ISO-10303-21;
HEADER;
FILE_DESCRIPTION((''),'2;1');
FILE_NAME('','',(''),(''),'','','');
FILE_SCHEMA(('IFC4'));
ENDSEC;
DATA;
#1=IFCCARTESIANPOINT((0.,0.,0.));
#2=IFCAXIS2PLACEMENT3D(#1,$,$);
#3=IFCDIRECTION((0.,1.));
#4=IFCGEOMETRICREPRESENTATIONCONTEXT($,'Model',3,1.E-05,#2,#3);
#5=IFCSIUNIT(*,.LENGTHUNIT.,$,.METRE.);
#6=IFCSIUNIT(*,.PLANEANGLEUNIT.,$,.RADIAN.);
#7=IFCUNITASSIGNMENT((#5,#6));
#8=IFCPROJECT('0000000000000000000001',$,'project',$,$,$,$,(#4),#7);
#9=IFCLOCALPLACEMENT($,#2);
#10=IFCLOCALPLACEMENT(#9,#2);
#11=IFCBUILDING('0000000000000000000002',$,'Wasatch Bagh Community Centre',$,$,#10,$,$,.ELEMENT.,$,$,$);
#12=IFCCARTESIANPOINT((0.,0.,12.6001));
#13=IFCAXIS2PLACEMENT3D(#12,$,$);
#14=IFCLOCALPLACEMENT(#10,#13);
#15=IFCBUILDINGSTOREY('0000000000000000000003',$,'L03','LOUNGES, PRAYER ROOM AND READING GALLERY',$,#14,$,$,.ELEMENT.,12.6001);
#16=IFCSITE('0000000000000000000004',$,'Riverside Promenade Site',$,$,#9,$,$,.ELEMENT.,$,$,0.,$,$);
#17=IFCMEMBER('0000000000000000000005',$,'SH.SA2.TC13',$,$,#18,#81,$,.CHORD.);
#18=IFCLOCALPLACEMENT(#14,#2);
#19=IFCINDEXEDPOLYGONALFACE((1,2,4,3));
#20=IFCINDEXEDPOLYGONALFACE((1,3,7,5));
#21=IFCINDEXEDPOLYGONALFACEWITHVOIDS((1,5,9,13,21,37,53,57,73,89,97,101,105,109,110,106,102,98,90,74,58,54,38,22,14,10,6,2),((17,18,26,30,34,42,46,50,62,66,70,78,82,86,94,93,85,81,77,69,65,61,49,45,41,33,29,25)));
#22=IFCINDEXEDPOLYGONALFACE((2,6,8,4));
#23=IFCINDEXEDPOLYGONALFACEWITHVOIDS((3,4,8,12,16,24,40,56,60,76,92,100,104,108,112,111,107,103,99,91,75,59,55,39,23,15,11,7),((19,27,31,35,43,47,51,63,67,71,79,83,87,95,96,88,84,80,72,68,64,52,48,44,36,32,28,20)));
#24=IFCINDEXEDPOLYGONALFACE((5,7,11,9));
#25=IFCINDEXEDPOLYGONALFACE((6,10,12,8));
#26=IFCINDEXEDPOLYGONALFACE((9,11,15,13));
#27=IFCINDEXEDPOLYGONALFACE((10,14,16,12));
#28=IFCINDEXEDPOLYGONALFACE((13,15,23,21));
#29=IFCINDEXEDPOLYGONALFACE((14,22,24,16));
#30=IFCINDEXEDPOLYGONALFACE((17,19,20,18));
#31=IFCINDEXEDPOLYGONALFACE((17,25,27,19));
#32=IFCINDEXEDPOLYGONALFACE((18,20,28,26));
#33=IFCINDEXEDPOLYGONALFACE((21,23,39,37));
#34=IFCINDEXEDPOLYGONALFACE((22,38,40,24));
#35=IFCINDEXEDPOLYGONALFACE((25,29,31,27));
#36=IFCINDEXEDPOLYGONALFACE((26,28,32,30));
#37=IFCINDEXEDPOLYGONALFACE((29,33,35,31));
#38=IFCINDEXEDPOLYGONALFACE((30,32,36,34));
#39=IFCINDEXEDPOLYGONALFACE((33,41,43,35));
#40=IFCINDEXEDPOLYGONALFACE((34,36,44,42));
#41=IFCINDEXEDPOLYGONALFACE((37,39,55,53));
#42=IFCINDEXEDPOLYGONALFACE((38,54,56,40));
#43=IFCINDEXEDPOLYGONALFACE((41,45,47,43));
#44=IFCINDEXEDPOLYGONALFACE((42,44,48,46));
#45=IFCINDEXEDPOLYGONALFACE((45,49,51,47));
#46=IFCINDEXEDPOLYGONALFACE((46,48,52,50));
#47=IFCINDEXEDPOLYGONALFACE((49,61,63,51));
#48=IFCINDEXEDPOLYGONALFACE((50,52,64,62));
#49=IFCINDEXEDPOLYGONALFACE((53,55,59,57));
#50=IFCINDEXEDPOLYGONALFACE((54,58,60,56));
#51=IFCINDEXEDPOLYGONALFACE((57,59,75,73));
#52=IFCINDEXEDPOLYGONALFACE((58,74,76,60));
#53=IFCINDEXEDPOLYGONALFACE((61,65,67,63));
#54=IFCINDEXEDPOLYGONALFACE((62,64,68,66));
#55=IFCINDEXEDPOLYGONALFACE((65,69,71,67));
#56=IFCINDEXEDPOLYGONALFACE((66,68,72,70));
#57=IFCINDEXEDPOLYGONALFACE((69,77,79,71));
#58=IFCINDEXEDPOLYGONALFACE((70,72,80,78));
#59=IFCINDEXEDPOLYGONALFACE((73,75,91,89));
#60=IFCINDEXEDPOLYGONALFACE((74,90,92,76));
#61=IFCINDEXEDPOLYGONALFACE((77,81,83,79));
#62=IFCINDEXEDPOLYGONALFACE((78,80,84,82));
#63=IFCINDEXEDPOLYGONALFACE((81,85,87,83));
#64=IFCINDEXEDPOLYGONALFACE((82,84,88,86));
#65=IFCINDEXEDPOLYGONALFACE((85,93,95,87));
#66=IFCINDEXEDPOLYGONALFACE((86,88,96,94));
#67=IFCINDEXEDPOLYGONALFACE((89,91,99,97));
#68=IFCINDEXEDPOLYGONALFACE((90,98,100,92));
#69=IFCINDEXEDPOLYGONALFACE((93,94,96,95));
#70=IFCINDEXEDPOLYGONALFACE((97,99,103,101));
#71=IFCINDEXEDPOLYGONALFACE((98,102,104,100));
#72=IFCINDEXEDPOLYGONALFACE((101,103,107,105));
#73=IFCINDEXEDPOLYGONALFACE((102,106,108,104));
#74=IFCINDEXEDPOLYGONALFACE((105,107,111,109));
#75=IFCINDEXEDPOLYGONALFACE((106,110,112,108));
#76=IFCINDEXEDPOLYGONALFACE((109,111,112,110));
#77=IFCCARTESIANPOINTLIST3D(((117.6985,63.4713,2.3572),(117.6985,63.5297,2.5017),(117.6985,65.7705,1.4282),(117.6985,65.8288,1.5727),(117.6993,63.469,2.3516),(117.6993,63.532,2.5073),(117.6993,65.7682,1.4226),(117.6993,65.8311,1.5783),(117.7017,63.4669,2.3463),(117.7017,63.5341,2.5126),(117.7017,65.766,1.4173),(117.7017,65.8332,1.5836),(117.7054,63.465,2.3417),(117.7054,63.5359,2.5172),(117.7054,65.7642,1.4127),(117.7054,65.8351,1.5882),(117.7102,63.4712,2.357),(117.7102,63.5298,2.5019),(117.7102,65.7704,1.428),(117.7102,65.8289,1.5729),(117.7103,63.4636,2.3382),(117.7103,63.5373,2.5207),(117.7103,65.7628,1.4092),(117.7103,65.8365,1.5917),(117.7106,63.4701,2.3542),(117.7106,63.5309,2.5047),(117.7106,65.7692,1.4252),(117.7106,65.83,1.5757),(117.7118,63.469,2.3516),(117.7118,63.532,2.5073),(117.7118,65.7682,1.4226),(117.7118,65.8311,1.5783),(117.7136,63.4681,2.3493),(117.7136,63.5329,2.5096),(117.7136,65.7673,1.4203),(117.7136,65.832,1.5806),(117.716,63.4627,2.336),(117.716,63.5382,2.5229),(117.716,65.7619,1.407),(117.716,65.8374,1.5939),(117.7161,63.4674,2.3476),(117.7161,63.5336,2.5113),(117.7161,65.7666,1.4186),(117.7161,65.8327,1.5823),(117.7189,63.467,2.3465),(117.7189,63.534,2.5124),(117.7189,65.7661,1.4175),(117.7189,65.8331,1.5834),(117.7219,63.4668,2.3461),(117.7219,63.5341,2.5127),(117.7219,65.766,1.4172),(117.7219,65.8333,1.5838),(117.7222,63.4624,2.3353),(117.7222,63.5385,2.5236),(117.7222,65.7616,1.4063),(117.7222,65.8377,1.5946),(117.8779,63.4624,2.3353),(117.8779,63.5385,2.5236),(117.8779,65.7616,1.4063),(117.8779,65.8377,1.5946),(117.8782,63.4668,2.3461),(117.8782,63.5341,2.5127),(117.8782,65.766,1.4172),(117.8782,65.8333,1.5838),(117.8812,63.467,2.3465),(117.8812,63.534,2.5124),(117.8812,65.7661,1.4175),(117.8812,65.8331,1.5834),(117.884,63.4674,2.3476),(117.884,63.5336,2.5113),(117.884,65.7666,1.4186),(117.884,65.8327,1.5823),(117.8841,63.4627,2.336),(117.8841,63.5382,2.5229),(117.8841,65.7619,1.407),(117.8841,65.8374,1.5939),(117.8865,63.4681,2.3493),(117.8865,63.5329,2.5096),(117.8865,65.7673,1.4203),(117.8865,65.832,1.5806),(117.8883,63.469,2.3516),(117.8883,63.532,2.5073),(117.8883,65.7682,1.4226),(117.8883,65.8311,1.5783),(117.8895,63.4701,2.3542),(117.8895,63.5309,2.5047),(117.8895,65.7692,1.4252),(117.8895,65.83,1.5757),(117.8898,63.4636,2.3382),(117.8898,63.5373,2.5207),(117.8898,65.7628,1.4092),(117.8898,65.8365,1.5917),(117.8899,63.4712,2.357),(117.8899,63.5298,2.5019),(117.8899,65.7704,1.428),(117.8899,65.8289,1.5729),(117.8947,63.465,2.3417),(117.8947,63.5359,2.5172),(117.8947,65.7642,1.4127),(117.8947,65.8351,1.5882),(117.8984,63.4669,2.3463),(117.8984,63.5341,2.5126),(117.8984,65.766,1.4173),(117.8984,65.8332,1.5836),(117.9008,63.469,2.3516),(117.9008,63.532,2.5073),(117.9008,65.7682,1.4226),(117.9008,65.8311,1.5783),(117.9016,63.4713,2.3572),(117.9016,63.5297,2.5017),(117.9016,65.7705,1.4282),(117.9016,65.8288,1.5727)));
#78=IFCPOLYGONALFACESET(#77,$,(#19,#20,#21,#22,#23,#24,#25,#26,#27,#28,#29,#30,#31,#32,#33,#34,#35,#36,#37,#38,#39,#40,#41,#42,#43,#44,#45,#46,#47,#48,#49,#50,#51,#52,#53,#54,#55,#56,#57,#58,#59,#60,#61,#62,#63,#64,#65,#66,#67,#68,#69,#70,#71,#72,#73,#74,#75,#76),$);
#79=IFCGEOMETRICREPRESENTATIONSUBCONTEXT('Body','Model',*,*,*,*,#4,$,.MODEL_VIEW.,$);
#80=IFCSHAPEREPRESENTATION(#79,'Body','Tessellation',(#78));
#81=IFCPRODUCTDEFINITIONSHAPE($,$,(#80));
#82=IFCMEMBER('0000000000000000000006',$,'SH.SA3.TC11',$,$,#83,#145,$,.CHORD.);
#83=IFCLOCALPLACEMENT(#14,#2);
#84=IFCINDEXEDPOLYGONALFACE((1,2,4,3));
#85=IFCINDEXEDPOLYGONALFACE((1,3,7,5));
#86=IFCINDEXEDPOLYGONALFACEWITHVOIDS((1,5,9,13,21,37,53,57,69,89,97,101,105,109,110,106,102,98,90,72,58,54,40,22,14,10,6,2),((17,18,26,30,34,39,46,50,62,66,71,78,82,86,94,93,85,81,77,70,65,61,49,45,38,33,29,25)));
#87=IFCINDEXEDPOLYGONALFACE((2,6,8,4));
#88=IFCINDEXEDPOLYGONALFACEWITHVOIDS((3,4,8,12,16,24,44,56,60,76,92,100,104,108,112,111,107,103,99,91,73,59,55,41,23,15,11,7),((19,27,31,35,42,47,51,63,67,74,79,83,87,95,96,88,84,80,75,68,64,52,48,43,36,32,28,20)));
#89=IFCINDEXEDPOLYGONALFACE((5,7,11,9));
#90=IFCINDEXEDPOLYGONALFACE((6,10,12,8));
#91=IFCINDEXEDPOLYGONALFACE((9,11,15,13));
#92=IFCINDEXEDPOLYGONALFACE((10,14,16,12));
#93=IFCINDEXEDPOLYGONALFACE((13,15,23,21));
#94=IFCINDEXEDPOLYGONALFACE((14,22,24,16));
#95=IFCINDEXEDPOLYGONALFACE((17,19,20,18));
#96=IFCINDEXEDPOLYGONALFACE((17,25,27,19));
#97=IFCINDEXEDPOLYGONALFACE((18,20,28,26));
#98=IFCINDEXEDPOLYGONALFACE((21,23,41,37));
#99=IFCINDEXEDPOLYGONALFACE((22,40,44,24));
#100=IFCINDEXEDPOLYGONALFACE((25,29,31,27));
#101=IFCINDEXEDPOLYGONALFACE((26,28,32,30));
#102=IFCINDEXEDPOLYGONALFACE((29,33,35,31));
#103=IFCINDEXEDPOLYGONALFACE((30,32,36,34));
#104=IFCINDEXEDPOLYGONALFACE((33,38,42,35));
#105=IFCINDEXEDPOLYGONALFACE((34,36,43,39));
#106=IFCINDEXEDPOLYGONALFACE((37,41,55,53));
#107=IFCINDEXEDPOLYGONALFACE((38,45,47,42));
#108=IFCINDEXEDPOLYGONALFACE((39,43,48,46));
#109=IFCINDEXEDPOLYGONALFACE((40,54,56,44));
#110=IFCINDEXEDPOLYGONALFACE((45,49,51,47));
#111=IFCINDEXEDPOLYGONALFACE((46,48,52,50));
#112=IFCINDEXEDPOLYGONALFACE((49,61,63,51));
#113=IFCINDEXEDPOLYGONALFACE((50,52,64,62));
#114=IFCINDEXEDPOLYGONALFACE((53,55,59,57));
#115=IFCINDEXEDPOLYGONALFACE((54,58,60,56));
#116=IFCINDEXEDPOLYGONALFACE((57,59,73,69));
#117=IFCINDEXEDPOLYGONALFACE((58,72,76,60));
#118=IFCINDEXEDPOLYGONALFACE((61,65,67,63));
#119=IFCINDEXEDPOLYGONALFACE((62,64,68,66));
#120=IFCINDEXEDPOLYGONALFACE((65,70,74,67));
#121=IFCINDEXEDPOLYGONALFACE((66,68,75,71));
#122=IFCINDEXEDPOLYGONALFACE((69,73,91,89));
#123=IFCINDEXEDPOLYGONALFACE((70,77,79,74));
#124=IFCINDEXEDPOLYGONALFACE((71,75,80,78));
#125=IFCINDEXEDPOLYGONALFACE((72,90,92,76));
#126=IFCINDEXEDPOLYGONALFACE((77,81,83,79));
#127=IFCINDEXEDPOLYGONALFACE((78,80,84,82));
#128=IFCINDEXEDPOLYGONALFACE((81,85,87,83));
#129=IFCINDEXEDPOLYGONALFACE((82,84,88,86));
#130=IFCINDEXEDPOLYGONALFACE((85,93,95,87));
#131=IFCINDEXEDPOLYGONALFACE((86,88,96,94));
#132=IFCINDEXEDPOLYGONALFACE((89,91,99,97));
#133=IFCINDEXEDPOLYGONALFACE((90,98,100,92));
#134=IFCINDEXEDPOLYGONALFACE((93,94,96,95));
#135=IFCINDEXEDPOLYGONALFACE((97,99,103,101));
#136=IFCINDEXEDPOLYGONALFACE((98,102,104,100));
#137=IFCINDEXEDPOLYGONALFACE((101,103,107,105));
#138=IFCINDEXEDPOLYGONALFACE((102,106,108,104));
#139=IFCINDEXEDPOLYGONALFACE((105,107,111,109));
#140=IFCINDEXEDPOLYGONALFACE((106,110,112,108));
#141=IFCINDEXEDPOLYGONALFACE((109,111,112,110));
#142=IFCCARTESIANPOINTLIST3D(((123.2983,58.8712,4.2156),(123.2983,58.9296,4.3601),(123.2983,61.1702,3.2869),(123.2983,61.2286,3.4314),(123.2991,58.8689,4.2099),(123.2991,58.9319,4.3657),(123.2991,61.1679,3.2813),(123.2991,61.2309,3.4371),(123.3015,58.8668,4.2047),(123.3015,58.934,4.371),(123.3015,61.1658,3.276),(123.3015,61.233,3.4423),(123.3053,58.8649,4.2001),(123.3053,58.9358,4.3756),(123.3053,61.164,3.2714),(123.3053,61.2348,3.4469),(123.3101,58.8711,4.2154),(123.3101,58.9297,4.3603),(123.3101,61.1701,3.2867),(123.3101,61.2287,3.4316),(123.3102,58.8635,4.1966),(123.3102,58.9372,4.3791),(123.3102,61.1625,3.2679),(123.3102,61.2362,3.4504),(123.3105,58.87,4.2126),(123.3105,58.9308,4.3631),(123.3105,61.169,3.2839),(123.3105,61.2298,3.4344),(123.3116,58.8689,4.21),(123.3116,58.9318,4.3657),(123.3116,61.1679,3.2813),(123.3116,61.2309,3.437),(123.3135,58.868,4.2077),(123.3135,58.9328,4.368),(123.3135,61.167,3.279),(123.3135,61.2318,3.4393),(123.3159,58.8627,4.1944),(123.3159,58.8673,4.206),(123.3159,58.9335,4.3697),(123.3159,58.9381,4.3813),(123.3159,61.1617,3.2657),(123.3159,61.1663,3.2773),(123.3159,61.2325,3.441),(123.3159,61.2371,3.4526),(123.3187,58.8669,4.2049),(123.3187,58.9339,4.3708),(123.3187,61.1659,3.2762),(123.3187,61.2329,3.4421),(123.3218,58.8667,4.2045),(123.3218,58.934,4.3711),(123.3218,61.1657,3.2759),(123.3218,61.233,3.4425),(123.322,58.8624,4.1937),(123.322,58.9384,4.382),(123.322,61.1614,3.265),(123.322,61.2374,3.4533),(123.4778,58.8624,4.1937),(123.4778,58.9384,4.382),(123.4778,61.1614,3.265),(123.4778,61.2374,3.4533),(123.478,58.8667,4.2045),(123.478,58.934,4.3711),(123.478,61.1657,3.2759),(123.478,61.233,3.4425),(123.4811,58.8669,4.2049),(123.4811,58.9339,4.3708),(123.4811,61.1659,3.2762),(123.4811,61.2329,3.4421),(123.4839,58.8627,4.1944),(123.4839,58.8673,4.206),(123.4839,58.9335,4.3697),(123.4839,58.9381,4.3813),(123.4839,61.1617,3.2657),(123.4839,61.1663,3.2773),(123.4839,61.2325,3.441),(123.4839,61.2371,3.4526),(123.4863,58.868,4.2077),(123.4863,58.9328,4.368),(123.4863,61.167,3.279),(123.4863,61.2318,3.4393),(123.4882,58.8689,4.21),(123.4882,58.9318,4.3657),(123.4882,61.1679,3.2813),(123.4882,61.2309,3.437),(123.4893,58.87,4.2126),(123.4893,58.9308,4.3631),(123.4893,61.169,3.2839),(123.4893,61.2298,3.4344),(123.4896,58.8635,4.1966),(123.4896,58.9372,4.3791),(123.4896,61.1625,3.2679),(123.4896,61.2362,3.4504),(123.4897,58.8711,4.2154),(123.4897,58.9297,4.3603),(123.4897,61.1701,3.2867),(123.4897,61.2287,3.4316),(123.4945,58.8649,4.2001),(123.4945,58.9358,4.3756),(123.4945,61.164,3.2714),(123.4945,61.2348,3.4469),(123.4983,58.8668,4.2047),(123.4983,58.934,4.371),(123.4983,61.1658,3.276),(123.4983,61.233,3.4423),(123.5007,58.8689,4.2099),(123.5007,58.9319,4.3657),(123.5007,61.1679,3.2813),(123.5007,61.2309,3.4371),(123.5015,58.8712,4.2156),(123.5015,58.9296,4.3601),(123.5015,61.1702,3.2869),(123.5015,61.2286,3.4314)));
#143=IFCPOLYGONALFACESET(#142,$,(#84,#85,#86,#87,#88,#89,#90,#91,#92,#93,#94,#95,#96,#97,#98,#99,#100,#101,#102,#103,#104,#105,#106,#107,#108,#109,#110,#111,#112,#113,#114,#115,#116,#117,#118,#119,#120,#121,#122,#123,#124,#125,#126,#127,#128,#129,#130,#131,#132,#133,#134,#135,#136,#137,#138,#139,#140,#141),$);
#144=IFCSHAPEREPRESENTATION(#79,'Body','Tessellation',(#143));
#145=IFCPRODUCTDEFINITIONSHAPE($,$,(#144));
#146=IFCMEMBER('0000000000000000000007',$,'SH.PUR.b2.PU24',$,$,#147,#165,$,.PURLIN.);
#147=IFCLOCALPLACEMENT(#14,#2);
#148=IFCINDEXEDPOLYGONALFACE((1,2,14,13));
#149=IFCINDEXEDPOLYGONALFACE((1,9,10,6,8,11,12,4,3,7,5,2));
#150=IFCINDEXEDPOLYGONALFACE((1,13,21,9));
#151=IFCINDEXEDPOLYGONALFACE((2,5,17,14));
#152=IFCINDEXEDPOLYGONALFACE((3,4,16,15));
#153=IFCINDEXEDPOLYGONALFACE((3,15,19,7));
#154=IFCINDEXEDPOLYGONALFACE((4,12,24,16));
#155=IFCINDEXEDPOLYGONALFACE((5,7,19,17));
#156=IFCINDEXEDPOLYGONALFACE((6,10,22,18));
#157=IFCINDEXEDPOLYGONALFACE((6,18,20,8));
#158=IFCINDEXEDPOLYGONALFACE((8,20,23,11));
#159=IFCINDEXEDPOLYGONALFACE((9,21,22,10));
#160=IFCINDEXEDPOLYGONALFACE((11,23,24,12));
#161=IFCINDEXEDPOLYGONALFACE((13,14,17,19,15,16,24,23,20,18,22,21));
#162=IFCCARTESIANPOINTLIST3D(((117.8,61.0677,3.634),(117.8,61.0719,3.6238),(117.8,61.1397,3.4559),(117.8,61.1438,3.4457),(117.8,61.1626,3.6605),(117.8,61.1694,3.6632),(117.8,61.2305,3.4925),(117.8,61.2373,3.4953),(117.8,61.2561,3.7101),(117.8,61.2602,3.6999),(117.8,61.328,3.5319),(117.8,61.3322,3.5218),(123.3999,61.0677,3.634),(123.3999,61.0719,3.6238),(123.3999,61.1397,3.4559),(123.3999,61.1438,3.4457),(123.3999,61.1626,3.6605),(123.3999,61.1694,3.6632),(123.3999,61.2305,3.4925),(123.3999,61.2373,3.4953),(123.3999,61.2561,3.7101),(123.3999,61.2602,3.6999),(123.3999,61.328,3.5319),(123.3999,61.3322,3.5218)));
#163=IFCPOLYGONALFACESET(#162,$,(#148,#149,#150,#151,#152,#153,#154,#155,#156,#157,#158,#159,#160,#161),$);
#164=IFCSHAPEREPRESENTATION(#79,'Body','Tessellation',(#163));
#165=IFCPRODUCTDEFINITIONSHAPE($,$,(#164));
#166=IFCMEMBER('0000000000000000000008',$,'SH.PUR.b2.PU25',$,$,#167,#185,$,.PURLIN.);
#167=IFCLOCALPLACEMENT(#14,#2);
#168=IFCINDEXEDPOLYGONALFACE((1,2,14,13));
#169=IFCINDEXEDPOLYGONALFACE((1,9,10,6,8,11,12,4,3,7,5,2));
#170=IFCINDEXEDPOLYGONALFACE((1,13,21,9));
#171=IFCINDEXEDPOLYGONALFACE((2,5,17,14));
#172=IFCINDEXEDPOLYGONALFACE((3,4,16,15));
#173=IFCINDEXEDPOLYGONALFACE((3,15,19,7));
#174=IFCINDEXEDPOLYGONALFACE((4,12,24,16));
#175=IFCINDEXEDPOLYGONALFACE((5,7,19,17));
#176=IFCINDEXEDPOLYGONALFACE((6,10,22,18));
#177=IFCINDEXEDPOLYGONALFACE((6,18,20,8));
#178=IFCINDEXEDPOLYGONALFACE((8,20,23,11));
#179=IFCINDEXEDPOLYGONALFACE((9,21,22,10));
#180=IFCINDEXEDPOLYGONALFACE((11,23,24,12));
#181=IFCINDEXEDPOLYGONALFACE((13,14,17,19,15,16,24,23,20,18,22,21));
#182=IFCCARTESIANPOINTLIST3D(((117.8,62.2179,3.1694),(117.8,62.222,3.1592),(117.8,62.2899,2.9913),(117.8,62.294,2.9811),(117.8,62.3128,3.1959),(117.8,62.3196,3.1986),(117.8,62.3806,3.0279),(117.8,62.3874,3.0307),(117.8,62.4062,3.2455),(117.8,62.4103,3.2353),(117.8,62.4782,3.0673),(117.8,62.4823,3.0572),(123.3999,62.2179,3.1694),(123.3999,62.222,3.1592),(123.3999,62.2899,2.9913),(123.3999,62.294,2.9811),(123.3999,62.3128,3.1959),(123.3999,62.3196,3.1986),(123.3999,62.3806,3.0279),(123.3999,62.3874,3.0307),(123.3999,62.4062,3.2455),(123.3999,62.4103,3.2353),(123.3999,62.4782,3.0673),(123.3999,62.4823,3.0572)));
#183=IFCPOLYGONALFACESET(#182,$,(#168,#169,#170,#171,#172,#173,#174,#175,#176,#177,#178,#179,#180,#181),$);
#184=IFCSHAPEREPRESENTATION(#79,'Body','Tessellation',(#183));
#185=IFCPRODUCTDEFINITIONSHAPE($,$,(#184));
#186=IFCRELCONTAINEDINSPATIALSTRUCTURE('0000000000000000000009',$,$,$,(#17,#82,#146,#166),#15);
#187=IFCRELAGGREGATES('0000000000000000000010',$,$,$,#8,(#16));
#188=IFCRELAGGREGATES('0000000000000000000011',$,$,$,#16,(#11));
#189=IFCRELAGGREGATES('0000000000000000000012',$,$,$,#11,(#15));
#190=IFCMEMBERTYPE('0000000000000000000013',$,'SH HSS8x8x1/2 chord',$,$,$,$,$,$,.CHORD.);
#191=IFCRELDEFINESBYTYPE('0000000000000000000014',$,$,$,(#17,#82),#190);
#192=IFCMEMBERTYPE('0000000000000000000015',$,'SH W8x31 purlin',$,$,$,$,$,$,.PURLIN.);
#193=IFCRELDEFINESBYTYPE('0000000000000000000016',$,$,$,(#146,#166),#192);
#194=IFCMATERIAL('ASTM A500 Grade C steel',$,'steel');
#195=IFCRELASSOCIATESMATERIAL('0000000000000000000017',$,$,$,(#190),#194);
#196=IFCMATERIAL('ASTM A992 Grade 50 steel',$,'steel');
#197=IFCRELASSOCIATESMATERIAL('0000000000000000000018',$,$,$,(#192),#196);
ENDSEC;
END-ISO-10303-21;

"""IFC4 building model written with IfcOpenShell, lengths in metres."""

from ifc_helpers import new_model, si_unit, direction, frame, origin, origin_2d, place, context, subcontext, project, spatial, hollow_rectangle, i_section, extrude, material, material_profile, profile_set, type_object, element, save


model = new_model("IFC4")

# Units and contexts
model_context = context("Model", 3, precision=1e-05, world=origin(), true_north=direction((0.0, 1.0)))
body_context = subcontext(model_context, "Body", "Model", "MODEL_VIEW")
ifc_project = project(units=[si_unit("LENGTHUNIT", "METRE"), si_unit("PLANEANGLEUNIT", "RADIAN")], contexts=[model_context])

# Site, building, storey
site_placement = place(None, origin())
site = spatial("IfcSite", under=ifc_project, at=site_placement, Name="Riverside Promenade Site", CompositionType="ELEMENT", RefElevation=0.0)
building_placement = place(site_placement, origin())
building = spatial("IfcBuilding", under=site, at=building_placement, Name="Wasatch Bagh Community Centre", CompositionType="ELEMENT")
storey_placement = place(building_placement, frame((0.0, 0.0, 12.6001)))
storey = spatial("IfcBuildingStorey", under=building, at=storey_placement, Name="L03", Description="LOUNGES, PRAYER ROOM AND READING GALLERY", CompositionType="ELEMENT", Elevation=12.6001)

# Members
ifc_material_1 = material(Name="ASTM A500 Grade C steel", Category="steel")
ifc_material_profile_1 = material_profile(ifc_material_1, hollow_rectangle(XDim=0.2031, YDim=0.2031, WallThickness=0.0117, InnerFilletRadius=0.0117, OuterFilletRadius=0.0237, at=origin_2d()), Name="HSS8x8x1/2")
ifc_profile_set_1 = profile_set([ifc_material_profile_1], Name="ASTM A500 Grade C steel")
member_type_1 = type_object("IfcMemberType", Name="SH HSS8x8x1/2 chord", PredefinedType="CHORD", material=ifc_profile_set_1)
for number, where, z_axis, x_axis, name in (
    (1, (117.8, 63.5005, 2.4294), (0.0, 0.927174, -0.374631), (-1.0, 0.0, 0.0), "SH.SA2.TC13"),
):
    element("IfcMember", number, at=place(storey_placement, frame(where, z_axis=z_axis, x_axis=x_axis)), inside=storey, type_object=member_type_1, Name=name, PredefinedType="CHORD", context=body_context, shape_type="SweptSolid", body=[
        extrude(hollow_rectangle(XDim=0.2031, YDim=0.2031, WallThickness=0.0117, InnerFilletRadius=0.0117, OuterFilletRadius=0.0237, at=origin_2d()), origin(), (0.0, 0.0, 1.0), 2.4797),
    ])
member_1_placement = place(storey_placement, frame((123.3999, 58.9004, 4.2878), z_axis=(0.0, 0.927208, -0.374546), x_axis=(-1.0, 0.0, 0.0)))
element("IfcMember", 2, at=member_1_placement, inside=storey, type_object=member_type_1, Name="SH.SA3.TC11", PredefinedType="CHORD", context=body_context, shape_type="SweptSolid", body=[
    extrude(hollow_rectangle(XDim=0.2031, YDim=0.2031, WallThickness=0.0117, InnerFilletRadius=0.0117, OuterFilletRadius=0.0237, at=origin_2d()), origin(), (0.0, 0.0, 1.0), 2.4795),
])
ifc_material_2 = material(Name="ASTM A992 Grade 50 steel", Category="steel")
ifc_material_profile_2 = material_profile(ifc_material_2, i_section(OverallWidth=0.2031, OverallDepth=0.2031, WebThickness=0.0073, FlangeThickness=0.011, at=origin_2d()), Name="W8x31")
ifc_profile_set_2 = profile_set([ifc_material_profile_2], Name="ASTM A992 Grade 50 steel")
member_type_2 = type_object("IfcMemberType", Name="SH W8x31 purlin", PredefinedType="PURLIN", material=ifc_profile_set_2)
for number, where, z_axis, x_axis, name in (
    (3, (117.8, 61.2, 3.5779), (1.0, 0.0, 0.0), (0.0, 0.927184, 0.374607), "SH.PUR.b2.PU24"),
    (4, (117.8, 62.3501, 3.1133), (1.0, 0.0, 0.0), (0.0, 0.927184, 0.374607), "SH.PUR.b2.PU25"),
):
    element("IfcMember", number, at=place(storey_placement, frame(where, z_axis=z_axis, x_axis=x_axis)), inside=storey, type_object=member_type_2, Name=name, PredefinedType="PURLIN", context=body_context, shape_type="SweptSolid", body=[
        extrude(i_section(OverallWidth=0.2031, OverallDepth=0.2031, WebThickness=0.0073, FlangeThickness=0.011, at=origin_2d()), origin(), (0.0, 0.0, 1.0), 5.5999),
    ])

save(model, "model.ifc")
